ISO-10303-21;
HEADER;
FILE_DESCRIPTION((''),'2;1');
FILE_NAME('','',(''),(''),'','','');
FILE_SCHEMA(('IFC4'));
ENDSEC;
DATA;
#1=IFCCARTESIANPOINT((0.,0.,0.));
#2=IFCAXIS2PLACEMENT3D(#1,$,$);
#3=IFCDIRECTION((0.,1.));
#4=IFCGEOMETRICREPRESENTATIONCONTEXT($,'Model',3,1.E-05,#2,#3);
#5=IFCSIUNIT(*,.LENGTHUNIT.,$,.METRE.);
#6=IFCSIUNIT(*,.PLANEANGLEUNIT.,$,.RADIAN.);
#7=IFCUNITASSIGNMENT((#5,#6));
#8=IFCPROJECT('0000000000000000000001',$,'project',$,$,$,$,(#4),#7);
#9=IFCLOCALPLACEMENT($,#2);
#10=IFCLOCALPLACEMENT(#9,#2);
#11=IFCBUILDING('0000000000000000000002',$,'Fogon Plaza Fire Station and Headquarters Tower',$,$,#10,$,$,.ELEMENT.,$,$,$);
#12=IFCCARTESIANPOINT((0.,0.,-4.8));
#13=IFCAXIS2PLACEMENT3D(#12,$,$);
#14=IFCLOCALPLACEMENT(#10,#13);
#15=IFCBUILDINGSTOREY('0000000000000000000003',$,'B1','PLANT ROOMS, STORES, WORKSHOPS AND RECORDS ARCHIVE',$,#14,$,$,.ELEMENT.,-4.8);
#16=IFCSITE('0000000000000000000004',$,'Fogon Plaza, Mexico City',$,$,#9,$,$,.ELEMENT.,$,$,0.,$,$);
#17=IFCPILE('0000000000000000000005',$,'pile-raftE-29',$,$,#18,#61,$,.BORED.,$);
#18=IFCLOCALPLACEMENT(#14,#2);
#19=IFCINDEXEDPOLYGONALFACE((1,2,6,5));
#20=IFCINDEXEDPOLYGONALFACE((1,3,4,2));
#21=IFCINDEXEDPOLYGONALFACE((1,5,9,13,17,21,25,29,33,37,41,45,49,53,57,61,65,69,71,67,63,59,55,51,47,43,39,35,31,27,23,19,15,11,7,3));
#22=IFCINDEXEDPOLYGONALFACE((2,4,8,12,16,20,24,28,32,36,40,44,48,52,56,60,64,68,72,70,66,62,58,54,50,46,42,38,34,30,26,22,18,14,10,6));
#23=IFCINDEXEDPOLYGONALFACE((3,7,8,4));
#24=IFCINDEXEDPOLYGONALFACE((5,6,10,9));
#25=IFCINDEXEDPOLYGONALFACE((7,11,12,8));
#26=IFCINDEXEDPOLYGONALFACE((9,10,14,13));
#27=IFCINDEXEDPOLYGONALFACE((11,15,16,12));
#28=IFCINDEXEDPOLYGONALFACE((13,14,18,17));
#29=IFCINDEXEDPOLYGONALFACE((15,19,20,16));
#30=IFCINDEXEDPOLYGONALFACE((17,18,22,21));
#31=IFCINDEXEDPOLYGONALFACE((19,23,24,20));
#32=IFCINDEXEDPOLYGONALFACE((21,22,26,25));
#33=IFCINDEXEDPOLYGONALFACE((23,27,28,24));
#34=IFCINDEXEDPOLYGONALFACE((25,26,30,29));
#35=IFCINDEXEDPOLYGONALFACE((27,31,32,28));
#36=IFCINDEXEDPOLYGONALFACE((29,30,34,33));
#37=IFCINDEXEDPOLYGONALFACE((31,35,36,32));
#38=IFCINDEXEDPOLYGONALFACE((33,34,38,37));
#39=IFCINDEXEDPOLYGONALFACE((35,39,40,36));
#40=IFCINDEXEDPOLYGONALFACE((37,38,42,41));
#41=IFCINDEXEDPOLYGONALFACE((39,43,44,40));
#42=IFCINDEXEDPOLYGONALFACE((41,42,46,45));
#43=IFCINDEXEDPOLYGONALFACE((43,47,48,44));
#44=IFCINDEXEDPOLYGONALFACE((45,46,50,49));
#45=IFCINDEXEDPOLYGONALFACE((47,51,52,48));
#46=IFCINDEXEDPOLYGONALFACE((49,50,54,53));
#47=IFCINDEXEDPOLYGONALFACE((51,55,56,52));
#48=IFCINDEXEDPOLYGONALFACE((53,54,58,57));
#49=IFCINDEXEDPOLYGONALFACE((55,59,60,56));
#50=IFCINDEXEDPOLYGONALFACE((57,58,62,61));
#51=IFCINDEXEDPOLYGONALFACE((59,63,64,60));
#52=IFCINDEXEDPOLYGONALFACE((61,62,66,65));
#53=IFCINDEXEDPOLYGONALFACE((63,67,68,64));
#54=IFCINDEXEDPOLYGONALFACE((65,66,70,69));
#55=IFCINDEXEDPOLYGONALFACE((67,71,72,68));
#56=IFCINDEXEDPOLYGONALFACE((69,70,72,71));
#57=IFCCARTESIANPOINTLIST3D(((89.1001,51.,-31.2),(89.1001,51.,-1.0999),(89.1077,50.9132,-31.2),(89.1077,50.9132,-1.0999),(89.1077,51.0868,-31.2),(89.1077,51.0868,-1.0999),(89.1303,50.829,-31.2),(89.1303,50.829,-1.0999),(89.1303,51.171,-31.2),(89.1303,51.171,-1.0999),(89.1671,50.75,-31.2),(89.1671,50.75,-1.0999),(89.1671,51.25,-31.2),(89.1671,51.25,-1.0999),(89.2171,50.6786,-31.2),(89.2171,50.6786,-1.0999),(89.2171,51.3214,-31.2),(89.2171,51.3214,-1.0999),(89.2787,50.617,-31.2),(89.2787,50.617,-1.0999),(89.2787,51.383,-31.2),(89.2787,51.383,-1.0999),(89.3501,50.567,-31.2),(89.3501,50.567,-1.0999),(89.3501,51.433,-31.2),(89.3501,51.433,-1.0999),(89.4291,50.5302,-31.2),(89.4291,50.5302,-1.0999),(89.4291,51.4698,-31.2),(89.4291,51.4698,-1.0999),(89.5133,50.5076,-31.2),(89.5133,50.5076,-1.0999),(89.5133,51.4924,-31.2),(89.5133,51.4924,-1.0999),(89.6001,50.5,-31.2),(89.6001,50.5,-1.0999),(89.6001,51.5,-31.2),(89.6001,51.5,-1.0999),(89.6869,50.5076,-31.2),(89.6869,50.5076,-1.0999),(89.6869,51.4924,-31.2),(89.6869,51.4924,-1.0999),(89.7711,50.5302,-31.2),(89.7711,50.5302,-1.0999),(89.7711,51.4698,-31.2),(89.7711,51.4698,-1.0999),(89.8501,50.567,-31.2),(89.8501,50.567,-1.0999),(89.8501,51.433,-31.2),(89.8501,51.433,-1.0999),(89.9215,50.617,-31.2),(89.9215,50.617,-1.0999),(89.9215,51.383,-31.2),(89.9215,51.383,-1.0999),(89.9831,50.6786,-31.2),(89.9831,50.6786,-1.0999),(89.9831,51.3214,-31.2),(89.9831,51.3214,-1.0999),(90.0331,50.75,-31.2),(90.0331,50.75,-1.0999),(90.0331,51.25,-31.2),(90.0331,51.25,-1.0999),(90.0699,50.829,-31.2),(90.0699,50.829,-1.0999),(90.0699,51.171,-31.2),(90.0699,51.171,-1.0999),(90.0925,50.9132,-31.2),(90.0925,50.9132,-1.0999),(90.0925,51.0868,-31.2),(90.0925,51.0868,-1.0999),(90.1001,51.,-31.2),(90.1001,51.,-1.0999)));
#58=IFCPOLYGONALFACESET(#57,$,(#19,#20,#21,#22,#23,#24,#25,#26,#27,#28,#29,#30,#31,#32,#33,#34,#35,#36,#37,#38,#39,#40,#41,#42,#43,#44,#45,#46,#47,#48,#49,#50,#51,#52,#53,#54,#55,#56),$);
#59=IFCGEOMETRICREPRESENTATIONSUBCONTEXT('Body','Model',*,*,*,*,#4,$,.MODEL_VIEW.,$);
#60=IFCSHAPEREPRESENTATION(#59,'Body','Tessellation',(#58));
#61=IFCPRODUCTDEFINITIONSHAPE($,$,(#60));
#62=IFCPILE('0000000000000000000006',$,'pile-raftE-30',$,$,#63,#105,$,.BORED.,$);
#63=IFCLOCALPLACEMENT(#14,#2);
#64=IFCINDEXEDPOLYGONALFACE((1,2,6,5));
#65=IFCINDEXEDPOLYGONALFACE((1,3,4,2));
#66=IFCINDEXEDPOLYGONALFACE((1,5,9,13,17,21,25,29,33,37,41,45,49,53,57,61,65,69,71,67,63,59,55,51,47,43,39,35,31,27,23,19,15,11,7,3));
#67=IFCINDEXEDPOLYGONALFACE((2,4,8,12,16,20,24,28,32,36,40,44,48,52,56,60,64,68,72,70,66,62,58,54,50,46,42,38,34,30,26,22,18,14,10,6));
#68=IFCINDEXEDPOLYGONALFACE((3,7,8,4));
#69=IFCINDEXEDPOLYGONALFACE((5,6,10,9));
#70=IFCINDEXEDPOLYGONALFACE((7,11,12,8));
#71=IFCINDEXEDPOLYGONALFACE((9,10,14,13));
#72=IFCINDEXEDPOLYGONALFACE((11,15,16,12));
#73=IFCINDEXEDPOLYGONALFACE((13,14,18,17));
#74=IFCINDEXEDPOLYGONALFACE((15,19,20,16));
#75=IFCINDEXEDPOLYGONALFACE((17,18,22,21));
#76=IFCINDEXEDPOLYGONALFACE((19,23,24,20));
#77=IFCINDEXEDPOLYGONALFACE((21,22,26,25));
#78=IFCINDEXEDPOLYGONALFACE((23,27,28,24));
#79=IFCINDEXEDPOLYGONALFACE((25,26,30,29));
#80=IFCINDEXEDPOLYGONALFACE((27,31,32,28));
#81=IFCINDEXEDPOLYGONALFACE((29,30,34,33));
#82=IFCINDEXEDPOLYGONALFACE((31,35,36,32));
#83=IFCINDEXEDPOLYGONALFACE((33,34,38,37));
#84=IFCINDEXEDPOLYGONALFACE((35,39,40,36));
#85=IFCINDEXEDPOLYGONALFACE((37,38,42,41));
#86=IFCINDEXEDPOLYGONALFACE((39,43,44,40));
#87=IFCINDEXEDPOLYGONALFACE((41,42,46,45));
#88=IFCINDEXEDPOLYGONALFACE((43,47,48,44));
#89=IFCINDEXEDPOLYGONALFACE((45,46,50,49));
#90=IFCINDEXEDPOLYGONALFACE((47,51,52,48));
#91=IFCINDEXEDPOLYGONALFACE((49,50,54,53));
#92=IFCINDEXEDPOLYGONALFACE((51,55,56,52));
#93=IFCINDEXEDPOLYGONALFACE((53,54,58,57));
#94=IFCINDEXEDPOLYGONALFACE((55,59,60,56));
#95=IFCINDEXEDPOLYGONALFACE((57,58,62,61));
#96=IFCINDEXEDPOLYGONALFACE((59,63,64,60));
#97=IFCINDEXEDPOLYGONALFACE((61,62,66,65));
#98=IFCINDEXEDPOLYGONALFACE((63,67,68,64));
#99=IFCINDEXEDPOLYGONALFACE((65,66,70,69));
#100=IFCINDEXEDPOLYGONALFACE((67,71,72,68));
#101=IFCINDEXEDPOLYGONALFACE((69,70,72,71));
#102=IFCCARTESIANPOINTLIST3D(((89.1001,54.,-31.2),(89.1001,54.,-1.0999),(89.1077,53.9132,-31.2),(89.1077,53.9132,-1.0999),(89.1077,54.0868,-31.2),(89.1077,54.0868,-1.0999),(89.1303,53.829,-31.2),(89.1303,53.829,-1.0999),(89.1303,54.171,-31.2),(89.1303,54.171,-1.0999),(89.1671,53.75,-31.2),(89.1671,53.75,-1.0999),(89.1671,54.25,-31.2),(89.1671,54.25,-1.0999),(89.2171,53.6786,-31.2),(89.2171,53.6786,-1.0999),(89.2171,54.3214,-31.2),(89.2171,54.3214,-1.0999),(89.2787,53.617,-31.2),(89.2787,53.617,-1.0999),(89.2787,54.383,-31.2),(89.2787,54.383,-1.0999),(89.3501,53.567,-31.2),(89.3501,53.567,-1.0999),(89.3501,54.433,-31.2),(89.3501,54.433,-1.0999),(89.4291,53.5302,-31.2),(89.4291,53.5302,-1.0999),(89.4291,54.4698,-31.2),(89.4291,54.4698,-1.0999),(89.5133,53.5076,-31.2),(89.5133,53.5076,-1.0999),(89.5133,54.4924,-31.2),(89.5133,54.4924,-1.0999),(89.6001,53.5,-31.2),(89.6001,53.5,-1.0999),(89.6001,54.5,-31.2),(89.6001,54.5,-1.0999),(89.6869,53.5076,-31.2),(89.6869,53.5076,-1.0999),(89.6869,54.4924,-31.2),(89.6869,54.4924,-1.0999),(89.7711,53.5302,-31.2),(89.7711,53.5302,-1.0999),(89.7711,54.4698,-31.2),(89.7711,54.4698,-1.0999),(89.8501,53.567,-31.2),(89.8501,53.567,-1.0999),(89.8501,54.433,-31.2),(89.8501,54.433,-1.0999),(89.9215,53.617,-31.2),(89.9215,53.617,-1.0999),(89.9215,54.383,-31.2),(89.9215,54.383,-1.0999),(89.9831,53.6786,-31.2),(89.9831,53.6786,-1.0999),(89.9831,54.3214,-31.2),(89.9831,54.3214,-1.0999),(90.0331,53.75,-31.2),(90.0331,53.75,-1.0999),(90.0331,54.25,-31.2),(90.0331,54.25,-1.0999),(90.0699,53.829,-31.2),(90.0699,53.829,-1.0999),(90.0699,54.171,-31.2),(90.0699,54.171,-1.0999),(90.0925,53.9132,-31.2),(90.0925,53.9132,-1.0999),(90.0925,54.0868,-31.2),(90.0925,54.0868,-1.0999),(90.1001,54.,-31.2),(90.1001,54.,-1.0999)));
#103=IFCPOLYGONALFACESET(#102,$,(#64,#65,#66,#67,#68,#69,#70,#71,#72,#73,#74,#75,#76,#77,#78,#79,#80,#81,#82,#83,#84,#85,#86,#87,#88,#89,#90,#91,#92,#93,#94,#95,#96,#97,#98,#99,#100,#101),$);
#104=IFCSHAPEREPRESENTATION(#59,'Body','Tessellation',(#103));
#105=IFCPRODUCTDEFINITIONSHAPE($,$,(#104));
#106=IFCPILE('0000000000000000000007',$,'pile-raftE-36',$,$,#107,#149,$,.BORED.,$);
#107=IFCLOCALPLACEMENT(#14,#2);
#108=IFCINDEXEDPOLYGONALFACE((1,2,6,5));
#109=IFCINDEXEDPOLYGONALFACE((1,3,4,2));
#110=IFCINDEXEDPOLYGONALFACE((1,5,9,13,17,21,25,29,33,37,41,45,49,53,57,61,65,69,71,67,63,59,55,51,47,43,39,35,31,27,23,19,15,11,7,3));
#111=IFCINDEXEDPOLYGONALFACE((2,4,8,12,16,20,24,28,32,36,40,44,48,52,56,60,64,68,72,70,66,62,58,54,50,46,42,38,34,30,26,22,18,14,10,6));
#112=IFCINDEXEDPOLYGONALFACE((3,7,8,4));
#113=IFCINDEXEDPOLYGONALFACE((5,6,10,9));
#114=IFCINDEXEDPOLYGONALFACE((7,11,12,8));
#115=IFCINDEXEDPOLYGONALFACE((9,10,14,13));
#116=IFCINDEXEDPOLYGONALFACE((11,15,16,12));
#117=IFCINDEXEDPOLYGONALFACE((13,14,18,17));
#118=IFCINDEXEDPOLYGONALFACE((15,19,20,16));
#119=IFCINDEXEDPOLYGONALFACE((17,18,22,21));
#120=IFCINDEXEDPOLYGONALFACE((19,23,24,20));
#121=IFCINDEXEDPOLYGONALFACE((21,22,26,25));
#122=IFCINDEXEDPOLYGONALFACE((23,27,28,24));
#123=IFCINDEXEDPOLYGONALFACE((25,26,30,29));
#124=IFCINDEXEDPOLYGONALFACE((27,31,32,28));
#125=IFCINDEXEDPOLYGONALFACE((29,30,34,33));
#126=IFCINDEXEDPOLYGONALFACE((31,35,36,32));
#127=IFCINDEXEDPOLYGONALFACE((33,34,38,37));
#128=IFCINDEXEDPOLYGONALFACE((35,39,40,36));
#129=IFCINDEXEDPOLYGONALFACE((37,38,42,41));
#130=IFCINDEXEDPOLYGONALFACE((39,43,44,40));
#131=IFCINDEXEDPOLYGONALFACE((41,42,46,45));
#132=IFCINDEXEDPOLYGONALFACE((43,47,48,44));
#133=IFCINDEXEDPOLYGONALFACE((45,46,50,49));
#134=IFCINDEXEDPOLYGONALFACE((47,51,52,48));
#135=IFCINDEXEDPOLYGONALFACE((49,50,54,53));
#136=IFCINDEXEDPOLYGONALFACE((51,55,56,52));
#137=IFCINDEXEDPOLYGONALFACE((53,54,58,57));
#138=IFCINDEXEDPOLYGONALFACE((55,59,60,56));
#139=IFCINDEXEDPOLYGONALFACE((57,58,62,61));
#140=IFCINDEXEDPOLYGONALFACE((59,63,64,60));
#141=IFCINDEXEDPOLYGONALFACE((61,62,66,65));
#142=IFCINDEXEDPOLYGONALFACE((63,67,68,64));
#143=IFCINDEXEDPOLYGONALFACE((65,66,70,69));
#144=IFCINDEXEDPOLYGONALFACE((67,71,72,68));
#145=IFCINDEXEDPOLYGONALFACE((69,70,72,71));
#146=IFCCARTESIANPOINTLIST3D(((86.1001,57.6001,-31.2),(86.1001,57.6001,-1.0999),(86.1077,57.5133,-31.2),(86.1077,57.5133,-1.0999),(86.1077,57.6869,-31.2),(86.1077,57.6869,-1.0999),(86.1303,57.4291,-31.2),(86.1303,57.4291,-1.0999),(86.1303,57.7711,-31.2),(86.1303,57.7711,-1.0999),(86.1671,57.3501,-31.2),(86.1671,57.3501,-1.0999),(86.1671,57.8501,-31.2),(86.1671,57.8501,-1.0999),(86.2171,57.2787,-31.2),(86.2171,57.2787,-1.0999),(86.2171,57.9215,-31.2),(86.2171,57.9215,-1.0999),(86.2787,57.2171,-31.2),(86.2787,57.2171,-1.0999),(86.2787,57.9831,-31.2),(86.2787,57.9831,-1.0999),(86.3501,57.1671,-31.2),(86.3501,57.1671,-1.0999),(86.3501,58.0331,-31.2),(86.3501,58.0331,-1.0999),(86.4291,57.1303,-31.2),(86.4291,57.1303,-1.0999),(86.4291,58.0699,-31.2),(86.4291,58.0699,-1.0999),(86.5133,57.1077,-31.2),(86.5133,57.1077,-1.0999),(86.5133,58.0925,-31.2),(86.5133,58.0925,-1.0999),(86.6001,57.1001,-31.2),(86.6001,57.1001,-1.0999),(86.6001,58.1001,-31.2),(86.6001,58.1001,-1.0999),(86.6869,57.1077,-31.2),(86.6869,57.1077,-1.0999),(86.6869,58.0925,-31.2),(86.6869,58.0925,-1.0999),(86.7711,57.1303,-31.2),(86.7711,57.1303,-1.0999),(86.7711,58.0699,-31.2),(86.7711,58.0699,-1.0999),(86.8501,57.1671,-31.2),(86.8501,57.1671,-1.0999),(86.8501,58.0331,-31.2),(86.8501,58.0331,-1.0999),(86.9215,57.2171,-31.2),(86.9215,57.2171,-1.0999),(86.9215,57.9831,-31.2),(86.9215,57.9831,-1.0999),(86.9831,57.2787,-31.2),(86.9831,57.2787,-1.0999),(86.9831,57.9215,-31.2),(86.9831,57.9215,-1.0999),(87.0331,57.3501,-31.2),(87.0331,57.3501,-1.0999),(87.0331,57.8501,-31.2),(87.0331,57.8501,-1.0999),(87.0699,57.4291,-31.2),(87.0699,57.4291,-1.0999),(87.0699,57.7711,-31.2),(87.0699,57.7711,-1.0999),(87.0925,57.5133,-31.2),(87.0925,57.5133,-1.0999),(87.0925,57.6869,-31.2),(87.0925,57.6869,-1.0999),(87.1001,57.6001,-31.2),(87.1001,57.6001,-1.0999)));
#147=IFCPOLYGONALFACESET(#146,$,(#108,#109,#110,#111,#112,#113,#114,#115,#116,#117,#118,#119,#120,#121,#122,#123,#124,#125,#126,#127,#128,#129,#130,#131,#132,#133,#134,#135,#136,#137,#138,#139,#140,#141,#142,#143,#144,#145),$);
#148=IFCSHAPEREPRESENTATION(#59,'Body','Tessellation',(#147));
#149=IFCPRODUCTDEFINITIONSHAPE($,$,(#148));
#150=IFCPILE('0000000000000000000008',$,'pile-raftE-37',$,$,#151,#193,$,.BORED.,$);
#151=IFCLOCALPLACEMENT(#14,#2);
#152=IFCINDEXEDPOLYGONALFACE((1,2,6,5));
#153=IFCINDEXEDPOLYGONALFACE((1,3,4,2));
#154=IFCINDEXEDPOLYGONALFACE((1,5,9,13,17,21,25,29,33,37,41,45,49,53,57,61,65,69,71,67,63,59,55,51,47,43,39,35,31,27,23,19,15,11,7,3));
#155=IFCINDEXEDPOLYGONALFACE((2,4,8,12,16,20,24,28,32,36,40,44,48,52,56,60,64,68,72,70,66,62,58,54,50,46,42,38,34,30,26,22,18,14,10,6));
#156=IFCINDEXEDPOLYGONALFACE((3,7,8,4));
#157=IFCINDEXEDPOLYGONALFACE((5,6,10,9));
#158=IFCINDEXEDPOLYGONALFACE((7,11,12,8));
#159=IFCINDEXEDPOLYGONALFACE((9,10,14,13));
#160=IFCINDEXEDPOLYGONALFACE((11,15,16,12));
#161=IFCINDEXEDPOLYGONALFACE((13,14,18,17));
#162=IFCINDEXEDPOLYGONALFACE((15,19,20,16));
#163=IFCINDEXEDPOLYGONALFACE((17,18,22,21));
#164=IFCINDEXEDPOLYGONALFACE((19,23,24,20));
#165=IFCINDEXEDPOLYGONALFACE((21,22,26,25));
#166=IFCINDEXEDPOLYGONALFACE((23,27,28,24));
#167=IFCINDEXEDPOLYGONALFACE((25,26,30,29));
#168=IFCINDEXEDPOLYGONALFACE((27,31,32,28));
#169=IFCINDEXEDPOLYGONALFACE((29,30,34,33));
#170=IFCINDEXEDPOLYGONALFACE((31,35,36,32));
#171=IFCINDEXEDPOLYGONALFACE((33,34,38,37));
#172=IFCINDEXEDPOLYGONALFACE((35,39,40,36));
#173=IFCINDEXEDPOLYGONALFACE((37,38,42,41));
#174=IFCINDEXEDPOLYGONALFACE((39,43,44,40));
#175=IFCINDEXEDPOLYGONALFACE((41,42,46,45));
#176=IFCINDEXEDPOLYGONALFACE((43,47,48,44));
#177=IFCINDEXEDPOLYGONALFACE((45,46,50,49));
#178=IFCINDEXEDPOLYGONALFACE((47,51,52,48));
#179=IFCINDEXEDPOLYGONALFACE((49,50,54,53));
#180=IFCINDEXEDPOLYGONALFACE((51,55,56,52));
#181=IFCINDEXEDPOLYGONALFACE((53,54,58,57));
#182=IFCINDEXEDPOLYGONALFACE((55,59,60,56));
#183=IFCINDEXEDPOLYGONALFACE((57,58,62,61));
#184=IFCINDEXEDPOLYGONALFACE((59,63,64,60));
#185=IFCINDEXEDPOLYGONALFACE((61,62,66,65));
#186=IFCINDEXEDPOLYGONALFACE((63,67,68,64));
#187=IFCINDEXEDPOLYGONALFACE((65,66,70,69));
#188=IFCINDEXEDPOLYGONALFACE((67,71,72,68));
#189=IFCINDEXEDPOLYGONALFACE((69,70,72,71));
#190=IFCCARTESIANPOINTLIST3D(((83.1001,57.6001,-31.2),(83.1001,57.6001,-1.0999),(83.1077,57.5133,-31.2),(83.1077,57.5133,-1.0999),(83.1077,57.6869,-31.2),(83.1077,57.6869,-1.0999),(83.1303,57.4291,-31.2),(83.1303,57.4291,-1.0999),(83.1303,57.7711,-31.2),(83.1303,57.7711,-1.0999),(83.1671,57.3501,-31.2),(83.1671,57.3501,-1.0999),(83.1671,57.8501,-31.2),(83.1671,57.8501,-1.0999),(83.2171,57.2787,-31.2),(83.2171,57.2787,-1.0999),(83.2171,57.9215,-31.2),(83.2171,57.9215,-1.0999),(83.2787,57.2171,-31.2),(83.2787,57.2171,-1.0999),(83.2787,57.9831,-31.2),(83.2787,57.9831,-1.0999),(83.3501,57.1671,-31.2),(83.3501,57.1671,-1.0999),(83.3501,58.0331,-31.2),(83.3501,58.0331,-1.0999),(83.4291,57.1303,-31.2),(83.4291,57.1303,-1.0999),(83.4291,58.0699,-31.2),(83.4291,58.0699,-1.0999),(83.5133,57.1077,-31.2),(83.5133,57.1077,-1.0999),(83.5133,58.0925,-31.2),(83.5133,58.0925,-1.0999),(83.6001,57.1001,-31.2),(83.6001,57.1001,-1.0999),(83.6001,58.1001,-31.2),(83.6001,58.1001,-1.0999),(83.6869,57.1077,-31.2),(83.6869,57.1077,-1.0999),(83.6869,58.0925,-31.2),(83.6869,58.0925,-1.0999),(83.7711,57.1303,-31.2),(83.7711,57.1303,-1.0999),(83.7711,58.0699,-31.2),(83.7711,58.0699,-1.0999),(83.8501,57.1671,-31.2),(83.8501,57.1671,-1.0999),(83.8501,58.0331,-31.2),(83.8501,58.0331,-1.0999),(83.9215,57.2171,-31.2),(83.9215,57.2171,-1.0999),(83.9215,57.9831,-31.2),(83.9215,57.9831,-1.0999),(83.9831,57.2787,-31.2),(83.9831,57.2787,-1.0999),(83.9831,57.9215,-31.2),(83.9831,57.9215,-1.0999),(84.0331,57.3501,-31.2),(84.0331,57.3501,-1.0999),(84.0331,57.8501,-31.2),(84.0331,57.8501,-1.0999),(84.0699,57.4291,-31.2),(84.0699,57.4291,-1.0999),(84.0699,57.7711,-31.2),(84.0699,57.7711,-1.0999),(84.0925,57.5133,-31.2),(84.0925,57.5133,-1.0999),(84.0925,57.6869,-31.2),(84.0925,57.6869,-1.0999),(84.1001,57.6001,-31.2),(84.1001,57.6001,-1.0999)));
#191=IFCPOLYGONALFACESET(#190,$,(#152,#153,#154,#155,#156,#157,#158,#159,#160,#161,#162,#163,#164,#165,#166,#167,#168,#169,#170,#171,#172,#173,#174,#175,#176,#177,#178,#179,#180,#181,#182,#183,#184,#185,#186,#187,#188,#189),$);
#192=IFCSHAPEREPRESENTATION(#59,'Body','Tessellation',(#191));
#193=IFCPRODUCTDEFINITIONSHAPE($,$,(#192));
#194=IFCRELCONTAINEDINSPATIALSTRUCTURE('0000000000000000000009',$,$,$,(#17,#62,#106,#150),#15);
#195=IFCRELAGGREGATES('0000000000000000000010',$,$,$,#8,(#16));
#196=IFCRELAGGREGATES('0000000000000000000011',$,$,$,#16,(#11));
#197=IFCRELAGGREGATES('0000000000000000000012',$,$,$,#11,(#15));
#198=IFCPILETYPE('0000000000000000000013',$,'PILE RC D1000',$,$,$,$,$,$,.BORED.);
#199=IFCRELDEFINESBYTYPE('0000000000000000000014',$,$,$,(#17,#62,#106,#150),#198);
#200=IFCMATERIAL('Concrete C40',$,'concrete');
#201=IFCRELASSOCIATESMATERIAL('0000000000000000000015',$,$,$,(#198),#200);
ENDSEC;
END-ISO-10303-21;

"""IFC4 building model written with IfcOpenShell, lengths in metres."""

from ifc_helpers import new_model, si_unit, direction, frame, origin, origin_2d, place, context, subcontext, project, spatial, circle, extrude, material, material_profile, profile_set, type_object, element, save


model = new_model("IFC4")

# Units and contexts
model_context = context("Model", 3, precision=1e-05, world=origin(), true_north=direction((0.0, 1.0)))
body_context = subcontext(model_context, "Body", "Model", "MODEL_VIEW")
ifc_project = project(units=[si_unit("LENGTHUNIT", "METRE"), si_unit("PLANEANGLEUNIT", "RADIAN")], contexts=[model_context])

# Site, building, storey
site_placement = place(None, origin())
site = spatial("IfcSite", under=ifc_project, at=site_placement, Name="Fogon Plaza, Mexico City", CompositionType="ELEMENT", RefElevation=0.0)
building_placement = place(site_placement, origin())
building = spatial("IfcBuilding", under=site, at=building_placement, Name="Fogon Plaza Fire Station and Headquarters Tower", CompositionType="ELEMENT")
storey_placement = place(building_placement, frame((0.0, 0.0, -4.8)))
storey = spatial("IfcBuildingStorey", under=building, at=storey_placement, Name="B1", Description="PLANT ROOMS, STORES, WORKSHOPS AND RECORDS ARCHIVE", CompositionType="ELEMENT", Elevation=-4.8)

# Piles
ifc_material_1 = material(Name="Concrete C40", Category="concrete")
ifc_material_profile_1 = material_profile(ifc_material_1, circle(Radius=0.5, at=origin_2d()), Name="RC D1000")
ifc_profile_set_1 = profile_set([ifc_material_profile_1], Name="Concrete C40")
pile_type = type_object("IfcPileType", Name="PILE RC D1000", PredefinedType="BORED", material=ifc_profile_set_1)
for number, where, z_axis, x_axis, name in (
    (1, (89.6001, 51.0, -1.0999), (0.0, 0.0, -1.0), (1.0, 0.0, 0.0), "pile-raftE-29"),
    (2, (89.6001, 54.0, -1.0999), (0.0, 0.0, -1.0), (1.0, 0.0, 0.0), "pile-raftE-30"),
    (3, (86.6001, 57.6001, -1.0999), (0.0, 0.0, -1.0), (1.0, 0.0, 0.0), "pile-raftE-36"),
    (4, (83.6001, 57.6001, -1.0999), (0.0, 0.0, -1.0), (1.0, 0.0, 0.0), "pile-raftE-37"),
):
    element("IfcPile", number, at=place(storey_placement, frame(where, z_axis=z_axis, x_axis=x_axis)), inside=storey, type_object=pile_type, Name=name, PredefinedType="BORED", context=body_context, shape_type="SweptSolid", body=[
        extrude(circle(Radius=0.5, at=origin_2d()), origin(), (0.0, 0.0, 1.0), 30.1001),
    ])

save(model, "model.ifc")
